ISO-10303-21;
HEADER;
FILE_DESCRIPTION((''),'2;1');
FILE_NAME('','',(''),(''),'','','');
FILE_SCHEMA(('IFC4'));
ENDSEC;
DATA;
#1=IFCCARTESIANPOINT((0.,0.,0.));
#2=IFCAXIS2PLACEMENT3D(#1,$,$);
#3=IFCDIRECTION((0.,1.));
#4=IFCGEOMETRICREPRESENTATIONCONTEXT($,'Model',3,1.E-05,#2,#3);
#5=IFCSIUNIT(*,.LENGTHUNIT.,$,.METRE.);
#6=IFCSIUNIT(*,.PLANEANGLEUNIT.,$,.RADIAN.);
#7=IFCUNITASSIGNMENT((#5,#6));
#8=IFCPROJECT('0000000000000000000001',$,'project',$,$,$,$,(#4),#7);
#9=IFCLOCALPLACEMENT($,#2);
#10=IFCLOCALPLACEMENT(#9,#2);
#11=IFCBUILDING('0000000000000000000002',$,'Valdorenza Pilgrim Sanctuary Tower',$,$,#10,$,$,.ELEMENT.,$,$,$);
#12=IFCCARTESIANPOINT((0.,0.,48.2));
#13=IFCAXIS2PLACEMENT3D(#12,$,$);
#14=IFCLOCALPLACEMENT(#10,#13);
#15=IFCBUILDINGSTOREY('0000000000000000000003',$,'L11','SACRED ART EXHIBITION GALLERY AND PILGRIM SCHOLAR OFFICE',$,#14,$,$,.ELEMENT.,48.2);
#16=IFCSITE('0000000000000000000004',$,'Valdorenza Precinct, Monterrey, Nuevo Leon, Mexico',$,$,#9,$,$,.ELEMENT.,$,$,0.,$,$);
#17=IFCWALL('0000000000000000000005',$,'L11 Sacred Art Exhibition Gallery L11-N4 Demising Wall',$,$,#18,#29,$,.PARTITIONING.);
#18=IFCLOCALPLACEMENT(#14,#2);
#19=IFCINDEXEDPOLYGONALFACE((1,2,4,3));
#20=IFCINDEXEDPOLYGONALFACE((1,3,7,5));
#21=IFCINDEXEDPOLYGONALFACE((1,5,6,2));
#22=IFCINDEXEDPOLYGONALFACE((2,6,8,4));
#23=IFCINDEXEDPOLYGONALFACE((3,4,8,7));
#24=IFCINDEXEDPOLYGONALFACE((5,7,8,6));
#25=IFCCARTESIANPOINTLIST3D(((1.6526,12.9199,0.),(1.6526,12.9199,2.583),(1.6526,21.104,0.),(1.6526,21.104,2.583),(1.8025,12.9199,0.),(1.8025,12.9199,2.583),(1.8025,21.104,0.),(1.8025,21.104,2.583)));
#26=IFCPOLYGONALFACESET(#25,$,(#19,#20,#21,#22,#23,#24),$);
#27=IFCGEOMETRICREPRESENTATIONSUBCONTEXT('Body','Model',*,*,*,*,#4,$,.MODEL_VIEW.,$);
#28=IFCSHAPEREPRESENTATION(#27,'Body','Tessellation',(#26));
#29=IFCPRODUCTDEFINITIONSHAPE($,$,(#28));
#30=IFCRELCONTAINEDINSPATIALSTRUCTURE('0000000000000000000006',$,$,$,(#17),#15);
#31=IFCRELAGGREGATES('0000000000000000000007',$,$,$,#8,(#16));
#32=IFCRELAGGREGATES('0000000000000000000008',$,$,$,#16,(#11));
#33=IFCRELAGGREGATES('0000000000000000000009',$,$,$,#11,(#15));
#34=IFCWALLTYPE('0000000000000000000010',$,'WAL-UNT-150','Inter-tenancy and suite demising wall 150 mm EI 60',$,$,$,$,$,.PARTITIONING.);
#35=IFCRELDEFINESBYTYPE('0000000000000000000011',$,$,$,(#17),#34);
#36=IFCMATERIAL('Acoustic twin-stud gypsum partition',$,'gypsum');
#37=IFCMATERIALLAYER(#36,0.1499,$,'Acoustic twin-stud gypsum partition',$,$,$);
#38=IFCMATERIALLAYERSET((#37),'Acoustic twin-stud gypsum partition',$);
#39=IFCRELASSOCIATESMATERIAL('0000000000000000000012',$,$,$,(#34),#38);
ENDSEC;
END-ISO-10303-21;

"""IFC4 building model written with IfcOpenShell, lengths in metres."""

from ifc_helpers import new_model, si_unit, direction, frame, frame_2d, origin, place, context, subcontext, project, spatial, rectangle, extrude, material, layer, layer_set, type_object, element, save


model = new_model("IFC4")

# Units and contexts
model_context = context("Model", 3, precision=1e-05, world=origin(), true_north=direction((0.0, 1.0)))
body_context = subcontext(model_context, "Body", "Model", "MODEL_VIEW")
ifc_project = project(units=[si_unit("LENGTHUNIT", "METRE"), si_unit("PLANEANGLEUNIT", "RADIAN")], contexts=[model_context])

# Site, building, storey
site_placement = place(None, origin())
site = spatial("IfcSite", under=ifc_project, at=site_placement, Name="Valdorenza Precinct, Monterrey, Nuevo Leon, Mexico", CompositionType="ELEMENT", RefElevation=0.0)
building_placement = place(site_placement, origin())
building = spatial("IfcBuilding", under=site, at=building_placement, Name="Valdorenza Pilgrim Sanctuary Tower", CompositionType="ELEMENT")
storey_placement = place(building_placement, frame((0.0, 0.0, 48.2)))
storey = spatial("IfcBuildingStorey", under=building, at=storey_placement, Name="L11", Description="SACRED ART EXHIBITION GALLERY AND PILGRIM SCHOLAR OFFICE", CompositionType="ELEMENT", Elevation=48.2)

# Wall
ifc_material_1 = material(Name="Acoustic twin-stud gypsum partition", Category="gypsum")
ifc_layer_1 = layer(ifc_material_1, 0.1499, Name="Acoustic twin-stud gypsum partition")
ifc_layer_set_1 = layer_set([ifc_layer_1], Name="Acoustic twin-stud gypsum partition")
wall_type_1 = type_object("IfcWallType", Name="WAL-UNT-150", Description="Inter-tenancy and suite demising wall 150 mm EI 60", PredefinedType="PARTITIONING", material=ifc_layer_set_1)
wall_1_placement = place(storey_placement, frame((1.7275, 12.9199, 0.0), z_axis=(0.0, 0.0, 1.0), x_axis=(0.0, 1.0, 0.0)))
element("IfcWall", 1, at=wall_1_placement, inside=storey, type_object=wall_type_1, Name="L11 Sacred Art Exhibition Gallery L11-N4 Demising Wall", PredefinedType="PARTITIONING", context=body_context, shape_type="SweptSolid", body=[
    extrude(rectangle(XDim=8.1841, YDim=0.1499, at=frame_2d((4.092, 0.0))), origin(), (0.0, 0.0, 1.0), 2.583),
])

save(model, "model.ifc")
